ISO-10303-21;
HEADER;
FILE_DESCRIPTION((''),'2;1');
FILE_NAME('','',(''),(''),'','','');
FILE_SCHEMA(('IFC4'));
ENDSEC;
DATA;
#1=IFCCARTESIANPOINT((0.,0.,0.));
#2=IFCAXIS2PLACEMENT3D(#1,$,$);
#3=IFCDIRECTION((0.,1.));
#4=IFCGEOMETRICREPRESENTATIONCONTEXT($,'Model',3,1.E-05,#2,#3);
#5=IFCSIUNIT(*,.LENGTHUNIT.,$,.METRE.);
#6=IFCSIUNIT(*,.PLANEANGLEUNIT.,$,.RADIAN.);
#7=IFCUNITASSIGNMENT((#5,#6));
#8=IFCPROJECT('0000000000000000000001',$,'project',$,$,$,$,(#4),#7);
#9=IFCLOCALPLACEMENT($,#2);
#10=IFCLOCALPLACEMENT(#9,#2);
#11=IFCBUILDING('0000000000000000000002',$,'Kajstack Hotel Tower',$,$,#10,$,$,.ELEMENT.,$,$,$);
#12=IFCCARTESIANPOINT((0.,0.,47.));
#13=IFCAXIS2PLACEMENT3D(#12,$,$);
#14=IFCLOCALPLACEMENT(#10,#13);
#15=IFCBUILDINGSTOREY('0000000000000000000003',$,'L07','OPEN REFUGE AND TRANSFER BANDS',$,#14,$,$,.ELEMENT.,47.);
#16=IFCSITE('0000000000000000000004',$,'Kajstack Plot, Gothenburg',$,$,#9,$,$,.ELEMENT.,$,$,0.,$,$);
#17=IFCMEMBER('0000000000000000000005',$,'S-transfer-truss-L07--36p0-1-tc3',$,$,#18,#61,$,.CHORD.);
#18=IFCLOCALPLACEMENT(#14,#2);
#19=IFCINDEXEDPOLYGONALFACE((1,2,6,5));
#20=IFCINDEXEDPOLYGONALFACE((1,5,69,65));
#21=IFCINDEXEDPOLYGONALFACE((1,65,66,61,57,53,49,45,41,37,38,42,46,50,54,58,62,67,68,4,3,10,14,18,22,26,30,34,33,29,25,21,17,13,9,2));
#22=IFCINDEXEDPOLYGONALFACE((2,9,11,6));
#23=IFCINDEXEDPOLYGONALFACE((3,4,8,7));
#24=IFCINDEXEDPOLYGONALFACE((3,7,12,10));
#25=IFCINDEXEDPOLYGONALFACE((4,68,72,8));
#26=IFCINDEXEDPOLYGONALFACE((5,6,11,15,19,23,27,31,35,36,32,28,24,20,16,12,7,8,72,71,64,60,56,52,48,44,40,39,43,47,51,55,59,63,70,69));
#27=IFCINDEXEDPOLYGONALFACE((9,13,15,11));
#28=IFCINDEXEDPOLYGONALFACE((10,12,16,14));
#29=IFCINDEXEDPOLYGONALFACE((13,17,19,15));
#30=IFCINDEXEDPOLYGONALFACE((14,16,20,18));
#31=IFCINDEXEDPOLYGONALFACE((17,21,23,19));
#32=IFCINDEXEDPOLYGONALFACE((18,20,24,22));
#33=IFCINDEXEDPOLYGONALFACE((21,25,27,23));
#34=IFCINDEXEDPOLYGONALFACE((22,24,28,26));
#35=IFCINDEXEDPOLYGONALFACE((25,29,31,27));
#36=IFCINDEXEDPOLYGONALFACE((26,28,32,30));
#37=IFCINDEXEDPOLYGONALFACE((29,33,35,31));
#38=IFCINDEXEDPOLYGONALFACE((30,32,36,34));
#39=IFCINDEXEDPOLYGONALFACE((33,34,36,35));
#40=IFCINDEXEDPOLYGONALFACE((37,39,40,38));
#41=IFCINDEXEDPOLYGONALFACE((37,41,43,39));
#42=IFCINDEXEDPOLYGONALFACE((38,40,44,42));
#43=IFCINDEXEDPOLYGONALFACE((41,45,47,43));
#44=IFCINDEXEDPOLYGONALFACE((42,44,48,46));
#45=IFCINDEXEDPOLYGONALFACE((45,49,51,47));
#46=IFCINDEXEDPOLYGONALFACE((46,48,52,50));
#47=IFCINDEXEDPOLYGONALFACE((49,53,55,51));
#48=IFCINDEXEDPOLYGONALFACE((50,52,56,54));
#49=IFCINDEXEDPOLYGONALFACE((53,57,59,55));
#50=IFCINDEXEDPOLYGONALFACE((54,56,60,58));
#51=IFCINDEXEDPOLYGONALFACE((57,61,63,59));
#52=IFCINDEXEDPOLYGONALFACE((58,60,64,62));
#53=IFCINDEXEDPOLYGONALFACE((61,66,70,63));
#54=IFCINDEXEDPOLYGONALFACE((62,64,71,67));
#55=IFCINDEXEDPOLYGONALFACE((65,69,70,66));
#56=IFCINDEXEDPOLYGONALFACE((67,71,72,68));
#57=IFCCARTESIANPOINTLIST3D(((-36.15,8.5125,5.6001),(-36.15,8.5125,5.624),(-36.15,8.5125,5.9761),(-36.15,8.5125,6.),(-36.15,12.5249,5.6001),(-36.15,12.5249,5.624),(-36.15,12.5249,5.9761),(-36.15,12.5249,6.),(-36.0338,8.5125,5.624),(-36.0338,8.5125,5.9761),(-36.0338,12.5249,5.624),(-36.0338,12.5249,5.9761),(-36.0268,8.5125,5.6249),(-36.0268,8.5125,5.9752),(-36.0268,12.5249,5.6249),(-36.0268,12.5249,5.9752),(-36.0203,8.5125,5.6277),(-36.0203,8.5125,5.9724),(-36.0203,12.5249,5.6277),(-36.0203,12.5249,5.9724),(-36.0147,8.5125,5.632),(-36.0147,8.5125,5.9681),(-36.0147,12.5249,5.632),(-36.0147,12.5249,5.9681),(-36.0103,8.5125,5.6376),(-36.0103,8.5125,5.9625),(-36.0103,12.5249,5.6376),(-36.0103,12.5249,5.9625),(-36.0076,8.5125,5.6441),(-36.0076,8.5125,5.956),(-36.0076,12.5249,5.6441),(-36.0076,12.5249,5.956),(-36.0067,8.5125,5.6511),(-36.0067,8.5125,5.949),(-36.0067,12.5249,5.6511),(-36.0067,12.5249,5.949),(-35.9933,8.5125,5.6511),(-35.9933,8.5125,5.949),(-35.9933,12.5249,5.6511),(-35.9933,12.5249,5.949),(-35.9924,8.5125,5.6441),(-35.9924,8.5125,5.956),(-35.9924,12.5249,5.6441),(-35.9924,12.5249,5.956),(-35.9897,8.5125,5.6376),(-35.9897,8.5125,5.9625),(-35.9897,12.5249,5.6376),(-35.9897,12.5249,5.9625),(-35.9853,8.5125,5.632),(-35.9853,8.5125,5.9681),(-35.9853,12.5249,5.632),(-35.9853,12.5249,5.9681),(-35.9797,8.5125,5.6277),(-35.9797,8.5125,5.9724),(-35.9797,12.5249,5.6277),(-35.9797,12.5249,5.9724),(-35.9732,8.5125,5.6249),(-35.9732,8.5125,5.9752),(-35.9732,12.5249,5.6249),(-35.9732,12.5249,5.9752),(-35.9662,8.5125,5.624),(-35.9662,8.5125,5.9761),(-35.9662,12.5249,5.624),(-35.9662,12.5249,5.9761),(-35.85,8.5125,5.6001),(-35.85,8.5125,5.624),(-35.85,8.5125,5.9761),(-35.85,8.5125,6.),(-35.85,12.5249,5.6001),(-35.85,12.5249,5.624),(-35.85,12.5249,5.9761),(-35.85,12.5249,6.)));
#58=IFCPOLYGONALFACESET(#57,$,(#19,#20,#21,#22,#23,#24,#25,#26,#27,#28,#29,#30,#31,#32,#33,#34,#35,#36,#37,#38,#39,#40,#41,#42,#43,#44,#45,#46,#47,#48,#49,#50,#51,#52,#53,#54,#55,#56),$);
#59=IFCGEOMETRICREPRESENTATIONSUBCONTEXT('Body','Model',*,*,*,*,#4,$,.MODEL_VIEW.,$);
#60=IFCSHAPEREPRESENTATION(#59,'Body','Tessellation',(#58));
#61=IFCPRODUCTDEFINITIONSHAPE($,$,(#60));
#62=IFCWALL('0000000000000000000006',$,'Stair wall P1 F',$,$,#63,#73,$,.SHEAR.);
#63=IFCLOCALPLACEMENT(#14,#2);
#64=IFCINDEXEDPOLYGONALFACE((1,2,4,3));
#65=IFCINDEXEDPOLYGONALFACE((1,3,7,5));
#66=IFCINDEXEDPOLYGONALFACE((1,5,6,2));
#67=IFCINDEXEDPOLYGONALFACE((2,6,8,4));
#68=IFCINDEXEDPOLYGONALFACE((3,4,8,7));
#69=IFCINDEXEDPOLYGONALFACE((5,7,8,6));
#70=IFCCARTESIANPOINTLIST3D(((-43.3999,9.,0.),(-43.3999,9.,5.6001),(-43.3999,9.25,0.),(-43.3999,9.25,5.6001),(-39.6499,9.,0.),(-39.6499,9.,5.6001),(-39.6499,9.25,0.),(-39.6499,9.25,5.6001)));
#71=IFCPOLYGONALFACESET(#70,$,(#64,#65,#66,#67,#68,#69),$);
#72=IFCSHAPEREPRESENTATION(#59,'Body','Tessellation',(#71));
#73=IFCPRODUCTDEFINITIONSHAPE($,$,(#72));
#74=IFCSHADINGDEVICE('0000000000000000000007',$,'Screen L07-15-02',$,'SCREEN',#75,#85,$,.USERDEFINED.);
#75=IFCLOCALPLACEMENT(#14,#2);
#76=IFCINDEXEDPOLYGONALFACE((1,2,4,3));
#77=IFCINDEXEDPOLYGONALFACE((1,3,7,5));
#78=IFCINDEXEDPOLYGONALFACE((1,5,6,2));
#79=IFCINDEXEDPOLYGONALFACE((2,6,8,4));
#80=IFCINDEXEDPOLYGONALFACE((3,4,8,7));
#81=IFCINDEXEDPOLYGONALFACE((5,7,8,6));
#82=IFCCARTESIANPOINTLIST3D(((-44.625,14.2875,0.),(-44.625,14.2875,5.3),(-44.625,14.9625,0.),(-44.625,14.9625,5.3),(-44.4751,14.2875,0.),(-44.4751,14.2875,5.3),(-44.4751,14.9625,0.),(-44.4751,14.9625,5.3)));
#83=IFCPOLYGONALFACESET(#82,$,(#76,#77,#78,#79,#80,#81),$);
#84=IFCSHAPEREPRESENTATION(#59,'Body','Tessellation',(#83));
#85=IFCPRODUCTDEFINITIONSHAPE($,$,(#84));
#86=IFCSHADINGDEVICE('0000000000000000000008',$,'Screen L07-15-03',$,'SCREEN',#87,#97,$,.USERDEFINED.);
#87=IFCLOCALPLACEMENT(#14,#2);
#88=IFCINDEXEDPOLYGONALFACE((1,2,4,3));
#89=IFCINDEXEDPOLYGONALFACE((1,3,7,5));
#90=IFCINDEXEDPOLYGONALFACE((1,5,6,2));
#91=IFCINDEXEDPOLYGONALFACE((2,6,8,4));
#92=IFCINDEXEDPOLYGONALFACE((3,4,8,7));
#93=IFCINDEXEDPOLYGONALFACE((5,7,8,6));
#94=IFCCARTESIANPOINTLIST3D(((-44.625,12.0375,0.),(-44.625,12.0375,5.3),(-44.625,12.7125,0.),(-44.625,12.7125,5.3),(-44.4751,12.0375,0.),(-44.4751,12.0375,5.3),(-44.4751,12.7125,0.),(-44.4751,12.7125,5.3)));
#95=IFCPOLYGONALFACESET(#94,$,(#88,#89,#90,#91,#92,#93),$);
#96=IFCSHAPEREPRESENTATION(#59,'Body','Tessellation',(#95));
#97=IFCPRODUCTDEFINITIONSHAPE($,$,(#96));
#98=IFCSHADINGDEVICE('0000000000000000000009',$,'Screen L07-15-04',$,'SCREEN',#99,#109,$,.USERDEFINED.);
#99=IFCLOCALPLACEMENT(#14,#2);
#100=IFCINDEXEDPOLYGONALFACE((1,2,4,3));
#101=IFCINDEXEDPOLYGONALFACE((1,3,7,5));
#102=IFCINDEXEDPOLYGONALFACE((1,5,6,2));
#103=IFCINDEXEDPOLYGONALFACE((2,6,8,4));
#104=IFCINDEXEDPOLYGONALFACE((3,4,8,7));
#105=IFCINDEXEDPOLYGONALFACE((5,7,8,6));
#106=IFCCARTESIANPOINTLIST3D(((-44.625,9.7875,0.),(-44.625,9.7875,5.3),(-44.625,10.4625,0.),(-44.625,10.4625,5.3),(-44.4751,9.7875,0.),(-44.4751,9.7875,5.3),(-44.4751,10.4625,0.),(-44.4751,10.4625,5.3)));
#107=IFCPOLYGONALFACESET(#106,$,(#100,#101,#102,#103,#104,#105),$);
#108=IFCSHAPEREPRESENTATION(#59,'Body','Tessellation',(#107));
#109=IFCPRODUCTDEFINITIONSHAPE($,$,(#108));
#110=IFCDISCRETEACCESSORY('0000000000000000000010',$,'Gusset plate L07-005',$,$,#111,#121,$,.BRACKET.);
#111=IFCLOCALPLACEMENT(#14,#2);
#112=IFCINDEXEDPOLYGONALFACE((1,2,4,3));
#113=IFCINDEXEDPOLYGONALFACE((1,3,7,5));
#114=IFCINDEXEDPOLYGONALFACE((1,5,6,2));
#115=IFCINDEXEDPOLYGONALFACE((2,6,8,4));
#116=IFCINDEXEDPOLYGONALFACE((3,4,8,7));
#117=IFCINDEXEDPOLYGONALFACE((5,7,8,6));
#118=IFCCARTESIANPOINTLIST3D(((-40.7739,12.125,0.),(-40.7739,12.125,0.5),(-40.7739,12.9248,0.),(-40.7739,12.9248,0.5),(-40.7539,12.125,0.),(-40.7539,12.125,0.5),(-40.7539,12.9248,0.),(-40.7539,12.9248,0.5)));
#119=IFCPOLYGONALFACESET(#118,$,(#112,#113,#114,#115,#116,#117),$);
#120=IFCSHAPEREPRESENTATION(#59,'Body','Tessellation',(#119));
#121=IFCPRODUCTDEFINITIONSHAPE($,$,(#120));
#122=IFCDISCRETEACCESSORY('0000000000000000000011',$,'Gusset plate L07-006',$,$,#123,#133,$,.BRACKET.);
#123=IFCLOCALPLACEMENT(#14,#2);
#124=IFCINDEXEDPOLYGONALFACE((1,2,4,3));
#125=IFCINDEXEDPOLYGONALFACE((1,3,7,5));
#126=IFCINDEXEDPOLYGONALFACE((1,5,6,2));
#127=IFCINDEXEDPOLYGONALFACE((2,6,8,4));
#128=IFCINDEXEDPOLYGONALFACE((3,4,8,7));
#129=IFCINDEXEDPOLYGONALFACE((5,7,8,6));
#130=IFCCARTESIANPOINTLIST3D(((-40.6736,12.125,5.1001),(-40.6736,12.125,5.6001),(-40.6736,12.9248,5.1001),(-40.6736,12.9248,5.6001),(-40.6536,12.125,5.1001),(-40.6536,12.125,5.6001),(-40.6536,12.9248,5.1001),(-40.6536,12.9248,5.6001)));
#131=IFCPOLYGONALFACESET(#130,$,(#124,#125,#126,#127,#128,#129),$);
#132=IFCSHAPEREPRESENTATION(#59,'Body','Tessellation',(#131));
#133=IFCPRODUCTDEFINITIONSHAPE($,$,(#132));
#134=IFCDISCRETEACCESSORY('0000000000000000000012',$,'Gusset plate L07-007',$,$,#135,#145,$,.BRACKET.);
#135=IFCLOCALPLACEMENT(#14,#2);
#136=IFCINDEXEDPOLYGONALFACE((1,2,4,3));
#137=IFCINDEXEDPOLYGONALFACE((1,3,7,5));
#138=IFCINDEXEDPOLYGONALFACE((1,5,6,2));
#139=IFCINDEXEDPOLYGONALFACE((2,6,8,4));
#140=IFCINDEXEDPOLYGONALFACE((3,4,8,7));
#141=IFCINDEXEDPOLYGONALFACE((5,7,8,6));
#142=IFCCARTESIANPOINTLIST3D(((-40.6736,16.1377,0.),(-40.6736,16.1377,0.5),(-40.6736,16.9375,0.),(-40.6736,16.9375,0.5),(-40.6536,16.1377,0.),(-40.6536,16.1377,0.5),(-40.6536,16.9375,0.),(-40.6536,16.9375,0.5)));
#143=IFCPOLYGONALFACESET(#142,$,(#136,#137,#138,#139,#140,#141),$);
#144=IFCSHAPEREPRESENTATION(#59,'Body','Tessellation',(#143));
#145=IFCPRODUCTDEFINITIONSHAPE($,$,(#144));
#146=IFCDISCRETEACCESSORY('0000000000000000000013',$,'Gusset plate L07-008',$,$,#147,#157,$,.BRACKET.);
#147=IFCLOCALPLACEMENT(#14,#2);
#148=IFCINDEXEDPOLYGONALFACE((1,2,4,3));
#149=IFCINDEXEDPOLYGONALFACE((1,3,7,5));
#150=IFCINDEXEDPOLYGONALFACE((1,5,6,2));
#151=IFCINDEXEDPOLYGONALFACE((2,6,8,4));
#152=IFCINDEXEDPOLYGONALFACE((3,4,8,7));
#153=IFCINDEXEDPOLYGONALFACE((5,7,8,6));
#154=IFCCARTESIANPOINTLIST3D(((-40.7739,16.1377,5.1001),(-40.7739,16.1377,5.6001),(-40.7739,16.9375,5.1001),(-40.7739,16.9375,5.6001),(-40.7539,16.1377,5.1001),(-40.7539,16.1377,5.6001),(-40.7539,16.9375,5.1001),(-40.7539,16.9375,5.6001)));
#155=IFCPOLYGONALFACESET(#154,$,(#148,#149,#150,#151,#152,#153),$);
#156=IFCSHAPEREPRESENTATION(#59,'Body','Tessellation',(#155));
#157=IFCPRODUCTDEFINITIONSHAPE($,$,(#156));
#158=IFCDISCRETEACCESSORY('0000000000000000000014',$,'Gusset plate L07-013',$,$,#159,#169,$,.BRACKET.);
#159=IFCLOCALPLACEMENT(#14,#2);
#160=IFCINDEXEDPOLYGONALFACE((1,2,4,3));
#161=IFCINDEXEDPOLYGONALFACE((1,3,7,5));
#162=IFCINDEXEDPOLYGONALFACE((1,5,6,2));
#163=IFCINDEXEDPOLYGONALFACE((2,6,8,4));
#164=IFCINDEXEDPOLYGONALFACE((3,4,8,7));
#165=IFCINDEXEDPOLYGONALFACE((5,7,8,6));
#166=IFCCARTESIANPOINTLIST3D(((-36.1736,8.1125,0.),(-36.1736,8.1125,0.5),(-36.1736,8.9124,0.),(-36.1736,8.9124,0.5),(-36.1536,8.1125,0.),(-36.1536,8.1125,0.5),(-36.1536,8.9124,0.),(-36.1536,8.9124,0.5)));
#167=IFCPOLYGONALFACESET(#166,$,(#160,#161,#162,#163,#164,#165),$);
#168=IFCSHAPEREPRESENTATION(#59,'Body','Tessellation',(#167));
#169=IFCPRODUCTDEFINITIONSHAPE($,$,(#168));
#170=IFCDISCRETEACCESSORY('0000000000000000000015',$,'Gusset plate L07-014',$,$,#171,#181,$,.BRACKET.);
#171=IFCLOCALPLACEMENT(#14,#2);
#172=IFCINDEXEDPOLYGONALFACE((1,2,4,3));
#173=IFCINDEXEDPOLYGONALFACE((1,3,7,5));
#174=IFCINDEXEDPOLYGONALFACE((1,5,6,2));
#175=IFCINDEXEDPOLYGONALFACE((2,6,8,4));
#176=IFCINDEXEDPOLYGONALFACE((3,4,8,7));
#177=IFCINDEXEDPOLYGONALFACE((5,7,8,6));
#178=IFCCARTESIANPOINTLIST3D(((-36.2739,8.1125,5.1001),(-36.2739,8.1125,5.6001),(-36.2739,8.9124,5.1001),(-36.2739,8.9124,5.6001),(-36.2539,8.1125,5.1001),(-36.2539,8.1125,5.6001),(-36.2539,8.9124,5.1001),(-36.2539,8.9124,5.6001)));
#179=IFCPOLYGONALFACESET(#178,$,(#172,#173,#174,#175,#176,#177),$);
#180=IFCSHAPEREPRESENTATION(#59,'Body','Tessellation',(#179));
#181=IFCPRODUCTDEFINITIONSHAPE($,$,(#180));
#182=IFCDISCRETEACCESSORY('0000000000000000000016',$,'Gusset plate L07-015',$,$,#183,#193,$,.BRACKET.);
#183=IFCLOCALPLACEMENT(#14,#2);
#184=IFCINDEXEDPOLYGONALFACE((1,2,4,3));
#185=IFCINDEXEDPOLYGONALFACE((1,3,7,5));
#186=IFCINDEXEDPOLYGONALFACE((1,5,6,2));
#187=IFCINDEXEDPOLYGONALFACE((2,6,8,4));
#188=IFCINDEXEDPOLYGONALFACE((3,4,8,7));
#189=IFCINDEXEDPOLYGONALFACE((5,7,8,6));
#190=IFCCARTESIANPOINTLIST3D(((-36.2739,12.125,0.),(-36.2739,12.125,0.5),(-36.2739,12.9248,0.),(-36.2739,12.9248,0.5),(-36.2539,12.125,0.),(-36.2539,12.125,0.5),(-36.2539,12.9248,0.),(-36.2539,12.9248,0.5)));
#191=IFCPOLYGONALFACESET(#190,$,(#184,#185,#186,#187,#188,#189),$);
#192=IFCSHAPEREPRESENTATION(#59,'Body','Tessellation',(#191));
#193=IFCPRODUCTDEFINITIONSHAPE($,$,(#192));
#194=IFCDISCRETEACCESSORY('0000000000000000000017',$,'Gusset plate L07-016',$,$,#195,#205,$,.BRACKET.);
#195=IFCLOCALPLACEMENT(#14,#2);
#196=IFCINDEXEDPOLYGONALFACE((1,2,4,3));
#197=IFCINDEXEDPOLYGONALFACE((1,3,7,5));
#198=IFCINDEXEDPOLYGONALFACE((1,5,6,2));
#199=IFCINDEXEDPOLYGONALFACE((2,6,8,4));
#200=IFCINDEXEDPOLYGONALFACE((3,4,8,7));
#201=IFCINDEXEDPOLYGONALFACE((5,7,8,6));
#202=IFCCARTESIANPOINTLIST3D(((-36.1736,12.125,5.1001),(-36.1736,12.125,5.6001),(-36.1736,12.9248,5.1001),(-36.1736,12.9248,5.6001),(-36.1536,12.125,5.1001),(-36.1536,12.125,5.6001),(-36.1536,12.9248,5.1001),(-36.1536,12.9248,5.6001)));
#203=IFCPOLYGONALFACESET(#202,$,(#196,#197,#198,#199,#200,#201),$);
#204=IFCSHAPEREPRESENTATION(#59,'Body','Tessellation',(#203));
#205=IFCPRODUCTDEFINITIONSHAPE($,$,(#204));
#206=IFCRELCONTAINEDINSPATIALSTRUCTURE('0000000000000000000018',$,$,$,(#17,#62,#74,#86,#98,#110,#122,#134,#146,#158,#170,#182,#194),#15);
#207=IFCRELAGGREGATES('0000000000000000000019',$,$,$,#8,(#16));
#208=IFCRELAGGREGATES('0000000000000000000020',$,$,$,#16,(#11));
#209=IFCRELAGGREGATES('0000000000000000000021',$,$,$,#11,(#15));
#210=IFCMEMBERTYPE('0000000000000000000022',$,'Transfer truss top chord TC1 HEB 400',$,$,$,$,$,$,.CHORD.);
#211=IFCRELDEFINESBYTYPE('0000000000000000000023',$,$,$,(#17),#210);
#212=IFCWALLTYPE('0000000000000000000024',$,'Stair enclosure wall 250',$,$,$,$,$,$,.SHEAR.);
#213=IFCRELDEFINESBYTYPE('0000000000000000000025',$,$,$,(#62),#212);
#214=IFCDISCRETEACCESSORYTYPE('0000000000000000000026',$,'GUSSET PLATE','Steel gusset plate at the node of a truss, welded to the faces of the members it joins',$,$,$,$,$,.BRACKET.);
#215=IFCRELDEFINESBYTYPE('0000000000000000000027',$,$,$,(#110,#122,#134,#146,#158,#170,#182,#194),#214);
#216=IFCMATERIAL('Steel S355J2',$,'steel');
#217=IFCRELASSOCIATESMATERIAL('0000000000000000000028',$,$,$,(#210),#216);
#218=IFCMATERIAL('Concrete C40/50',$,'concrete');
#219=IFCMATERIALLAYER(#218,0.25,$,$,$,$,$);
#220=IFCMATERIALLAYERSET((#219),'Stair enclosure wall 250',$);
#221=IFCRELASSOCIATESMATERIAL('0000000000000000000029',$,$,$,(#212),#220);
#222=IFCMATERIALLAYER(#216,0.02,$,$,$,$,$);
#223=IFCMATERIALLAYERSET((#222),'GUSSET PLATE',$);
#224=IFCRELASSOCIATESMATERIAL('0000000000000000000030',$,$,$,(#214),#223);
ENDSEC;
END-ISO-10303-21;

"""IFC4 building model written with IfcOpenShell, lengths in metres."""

from ifc_helpers import new_model, si_unit, direction, frame, frame_2d, origin, origin_2d, place, context, subcontext, project, spatial, polyline, rectangle, i_section, outline, extrude, material, layer, layer_set, material_profile, profile_set, type_object, element, save


model = new_model("IFC4")

# Units and contexts
model_context = context("Model", 3, precision=1e-05, world=origin(), true_north=direction((0.0, 1.0)))
body_context = subcontext(model_context, "Body", "Model", "MODEL_VIEW")
ifc_project = project(units=[si_unit("LENGTHUNIT", "METRE"), si_unit("PLANEANGLEUNIT", "RADIAN")], contexts=[model_context])

# Site, building, storey
site_placement = place(None, origin())
site = spatial("IfcSite", under=ifc_project, at=site_placement, Name="Kajstack Plot, Gothenburg", CompositionType="ELEMENT", RefElevation=0.0)
building_placement = place(site_placement, origin())
building = spatial("IfcBuilding", under=site, at=building_placement, Name="Kajstack Hotel Tower", CompositionType="ELEMENT")
storey_placement = place(building_placement, frame((0.0, 0.0, 47.0)))
storey = spatial("IfcBuildingStorey", under=building, at=storey_placement, Name="L07", Description="OPEN REFUGE AND TRANSFER BANDS", CompositionType="ELEMENT", Elevation=47.0)

# Member
ifc_material_1 = material(Name="Steel S355J2", Category="steel")
ifc_material_profile_1 = material_profile(ifc_material_1, i_section(OverallWidth=0.3, OverallDepth=0.3999, WebThickness=0.0134, FlangeThickness=0.0239, FilletRadius=0.0271, at=origin_2d()), Name="HEB 400")
ifc_profile_set_1 = profile_set([ifc_material_profile_1], Name="Steel S355J2")
member_type_1 = type_object("IfcMemberType", Name="Transfer truss top chord TC1 HEB 400", PredefinedType="CHORD", material=ifc_profile_set_1)
for number, where, z_axis, x_axis, name in (
    (1, (-36.0, 8.5125, 5.8), (0.0, 1.0, 0.0), (-1.0, 0.0, 0.0), "S-transfer-truss-L07--36p0-1-tc3"),
):
    element("IfcMember", number, at=place(storey_placement, frame(where, z_axis=z_axis, x_axis=x_axis)), inside=storey, type_object=member_type_1, Name=name, PredefinedType="CHORD", context=body_context, shape_type="SweptSolid", body=[
        extrude(i_section(OverallWidth=0.3, OverallDepth=0.3999, WebThickness=0.0134, FlangeThickness=0.0239, FilletRadius=0.0271, at=origin_2d()), origin(), (0.0, 0.0, 1.0), 4.0125),
    ])

# Wall
ifc_material_2 = material(Name="Concrete C40/50", Category="concrete")
ifc_layer_1 = layer(ifc_material_2, 0.25)
ifc_layer_set_1 = layer_set([ifc_layer_1], Name="Stair enclosure wall 250")
wall_type = type_object("IfcWallType", Name="Stair enclosure wall 250", PredefinedType="SHEAR", material=ifc_layer_set_1)
wall_placement = place(storey_placement, frame((-43.3999, 9.125, 0.0), z_axis=(0.0, 0.0, 1.0), x_axis=(1.0, 0.0, 0.0)))
element("IfcWall", 2, at=wall_placement, inside=storey, type_object=wall_type, Name="Stair wall P1 F", PredefinedType="SHEAR", context=body_context, shape_type="SweptSolid", body=[
    extrude(rectangle(XDim=3.75, YDim=0.25, at=frame_2d((1.875, 0.0))), origin(), (0.0, 0.0, 1.0), 5.6001),
])

# Shading devices
for number, where, z_axis, x_axis, name in (
    (3, (-44.55, 14.625, 0.0), (0.0, 0.0, 1.0), (0.0, -1.0, 0.0), "Screen L07-15-02"),
    (4, (-44.55, 12.375, 0.0), (0.0, 0.0, 1.0), (0.0, -1.0, 0.0), "Screen L07-15-03"),
    (5, (-44.55, 10.125, 0.0), (0.0, 0.0, 1.0), (0.0, -1.0, 0.0), "Screen L07-15-04"),
):
    element("IfcShadingDevice", number, at=place(storey_placement, frame(where, z_axis=z_axis, x_axis=x_axis)), inside=storey, Name=name, ObjectType="SCREEN", PredefinedType="USERDEFINED", context=body_context, shape_type="SweptSolid", body=[
        extrude(rectangle(XDim=0.675, YDim=0.1499, at=origin_2d()), origin(), (0.0, 0.0, 1.0), 5.3),
    ])

# Discrete accessories
ifc_layer_2 = layer(ifc_material_1, 0.02)
ifc_layer_set_2 = layer_set([ifc_layer_2], Name="GUSSET PLATE")
discrete_accessory_type = type_object("IfcDiscreteAccessoryType", Name="GUSSET PLATE", Description="Steel gusset plate at the node of a truss, welded to the faces of the members it joins", PredefinedType="BRACKET", material=ifc_layer_set_2)
for number, where, z_axis, x_axis, name in (
    (6, (-40.7739, 12.5249, 0.0), (1.0, 0.0, 0.0), (0.0, 1.0, 0.0), "Gusset plate L07-005"),
    (7, (-40.6736, 12.5249, 5.1001), (1.0, 0.0, 0.0), (0.0, 1.0, 0.0), "Gusset plate L07-006"),
    (8, (-40.6736, 16.5376, 0.0), (1.0, 0.0, 0.0), (0.0, 1.0, 0.0), "Gusset plate L07-007"),
    (9, (-40.7739, 16.5376, 5.1001), (1.0, 0.0, 0.0), (0.0, 1.0, 0.0), "Gusset plate L07-008"),
    (10, (-36.1736, 8.5125, 0.0), (1.0, 0.0, 0.0), (0.0, 1.0, 0.0), "Gusset plate L07-013"),
    (11, (-36.2739, 8.5125, 5.1001), (1.0, 0.0, 0.0), (0.0, 1.0, 0.0), "Gusset plate L07-014"),
    (12, (-36.2739, 12.5249, 0.0), (1.0, 0.0, 0.0), (0.0, 1.0, 0.0), "Gusset plate L07-015"),
    (13, (-36.1736, 12.5249, 5.1001), (1.0, 0.0, 0.0), (0.0, 1.0, 0.0), "Gusset plate L07-016"),
):
    element("IfcDiscreteAccessory", number, at=place(storey_placement, frame(where, z_axis=z_axis, x_axis=x_axis)), inside=storey, type_object=discrete_accessory_type, Name=name, PredefinedType="BRACKET", context=body_context, shape_type="SweptSolid", body=[
        extrude(outline(polyline([(-0.3999, 0.0), (0.3999, 0.0), (0.3999, 0.5), (-0.3999, 0.5), (-0.3999, 0.0)])), origin(), (0.0, 0.0, 1.0), 0.02),
    ])

save(model, "model.ifc")
